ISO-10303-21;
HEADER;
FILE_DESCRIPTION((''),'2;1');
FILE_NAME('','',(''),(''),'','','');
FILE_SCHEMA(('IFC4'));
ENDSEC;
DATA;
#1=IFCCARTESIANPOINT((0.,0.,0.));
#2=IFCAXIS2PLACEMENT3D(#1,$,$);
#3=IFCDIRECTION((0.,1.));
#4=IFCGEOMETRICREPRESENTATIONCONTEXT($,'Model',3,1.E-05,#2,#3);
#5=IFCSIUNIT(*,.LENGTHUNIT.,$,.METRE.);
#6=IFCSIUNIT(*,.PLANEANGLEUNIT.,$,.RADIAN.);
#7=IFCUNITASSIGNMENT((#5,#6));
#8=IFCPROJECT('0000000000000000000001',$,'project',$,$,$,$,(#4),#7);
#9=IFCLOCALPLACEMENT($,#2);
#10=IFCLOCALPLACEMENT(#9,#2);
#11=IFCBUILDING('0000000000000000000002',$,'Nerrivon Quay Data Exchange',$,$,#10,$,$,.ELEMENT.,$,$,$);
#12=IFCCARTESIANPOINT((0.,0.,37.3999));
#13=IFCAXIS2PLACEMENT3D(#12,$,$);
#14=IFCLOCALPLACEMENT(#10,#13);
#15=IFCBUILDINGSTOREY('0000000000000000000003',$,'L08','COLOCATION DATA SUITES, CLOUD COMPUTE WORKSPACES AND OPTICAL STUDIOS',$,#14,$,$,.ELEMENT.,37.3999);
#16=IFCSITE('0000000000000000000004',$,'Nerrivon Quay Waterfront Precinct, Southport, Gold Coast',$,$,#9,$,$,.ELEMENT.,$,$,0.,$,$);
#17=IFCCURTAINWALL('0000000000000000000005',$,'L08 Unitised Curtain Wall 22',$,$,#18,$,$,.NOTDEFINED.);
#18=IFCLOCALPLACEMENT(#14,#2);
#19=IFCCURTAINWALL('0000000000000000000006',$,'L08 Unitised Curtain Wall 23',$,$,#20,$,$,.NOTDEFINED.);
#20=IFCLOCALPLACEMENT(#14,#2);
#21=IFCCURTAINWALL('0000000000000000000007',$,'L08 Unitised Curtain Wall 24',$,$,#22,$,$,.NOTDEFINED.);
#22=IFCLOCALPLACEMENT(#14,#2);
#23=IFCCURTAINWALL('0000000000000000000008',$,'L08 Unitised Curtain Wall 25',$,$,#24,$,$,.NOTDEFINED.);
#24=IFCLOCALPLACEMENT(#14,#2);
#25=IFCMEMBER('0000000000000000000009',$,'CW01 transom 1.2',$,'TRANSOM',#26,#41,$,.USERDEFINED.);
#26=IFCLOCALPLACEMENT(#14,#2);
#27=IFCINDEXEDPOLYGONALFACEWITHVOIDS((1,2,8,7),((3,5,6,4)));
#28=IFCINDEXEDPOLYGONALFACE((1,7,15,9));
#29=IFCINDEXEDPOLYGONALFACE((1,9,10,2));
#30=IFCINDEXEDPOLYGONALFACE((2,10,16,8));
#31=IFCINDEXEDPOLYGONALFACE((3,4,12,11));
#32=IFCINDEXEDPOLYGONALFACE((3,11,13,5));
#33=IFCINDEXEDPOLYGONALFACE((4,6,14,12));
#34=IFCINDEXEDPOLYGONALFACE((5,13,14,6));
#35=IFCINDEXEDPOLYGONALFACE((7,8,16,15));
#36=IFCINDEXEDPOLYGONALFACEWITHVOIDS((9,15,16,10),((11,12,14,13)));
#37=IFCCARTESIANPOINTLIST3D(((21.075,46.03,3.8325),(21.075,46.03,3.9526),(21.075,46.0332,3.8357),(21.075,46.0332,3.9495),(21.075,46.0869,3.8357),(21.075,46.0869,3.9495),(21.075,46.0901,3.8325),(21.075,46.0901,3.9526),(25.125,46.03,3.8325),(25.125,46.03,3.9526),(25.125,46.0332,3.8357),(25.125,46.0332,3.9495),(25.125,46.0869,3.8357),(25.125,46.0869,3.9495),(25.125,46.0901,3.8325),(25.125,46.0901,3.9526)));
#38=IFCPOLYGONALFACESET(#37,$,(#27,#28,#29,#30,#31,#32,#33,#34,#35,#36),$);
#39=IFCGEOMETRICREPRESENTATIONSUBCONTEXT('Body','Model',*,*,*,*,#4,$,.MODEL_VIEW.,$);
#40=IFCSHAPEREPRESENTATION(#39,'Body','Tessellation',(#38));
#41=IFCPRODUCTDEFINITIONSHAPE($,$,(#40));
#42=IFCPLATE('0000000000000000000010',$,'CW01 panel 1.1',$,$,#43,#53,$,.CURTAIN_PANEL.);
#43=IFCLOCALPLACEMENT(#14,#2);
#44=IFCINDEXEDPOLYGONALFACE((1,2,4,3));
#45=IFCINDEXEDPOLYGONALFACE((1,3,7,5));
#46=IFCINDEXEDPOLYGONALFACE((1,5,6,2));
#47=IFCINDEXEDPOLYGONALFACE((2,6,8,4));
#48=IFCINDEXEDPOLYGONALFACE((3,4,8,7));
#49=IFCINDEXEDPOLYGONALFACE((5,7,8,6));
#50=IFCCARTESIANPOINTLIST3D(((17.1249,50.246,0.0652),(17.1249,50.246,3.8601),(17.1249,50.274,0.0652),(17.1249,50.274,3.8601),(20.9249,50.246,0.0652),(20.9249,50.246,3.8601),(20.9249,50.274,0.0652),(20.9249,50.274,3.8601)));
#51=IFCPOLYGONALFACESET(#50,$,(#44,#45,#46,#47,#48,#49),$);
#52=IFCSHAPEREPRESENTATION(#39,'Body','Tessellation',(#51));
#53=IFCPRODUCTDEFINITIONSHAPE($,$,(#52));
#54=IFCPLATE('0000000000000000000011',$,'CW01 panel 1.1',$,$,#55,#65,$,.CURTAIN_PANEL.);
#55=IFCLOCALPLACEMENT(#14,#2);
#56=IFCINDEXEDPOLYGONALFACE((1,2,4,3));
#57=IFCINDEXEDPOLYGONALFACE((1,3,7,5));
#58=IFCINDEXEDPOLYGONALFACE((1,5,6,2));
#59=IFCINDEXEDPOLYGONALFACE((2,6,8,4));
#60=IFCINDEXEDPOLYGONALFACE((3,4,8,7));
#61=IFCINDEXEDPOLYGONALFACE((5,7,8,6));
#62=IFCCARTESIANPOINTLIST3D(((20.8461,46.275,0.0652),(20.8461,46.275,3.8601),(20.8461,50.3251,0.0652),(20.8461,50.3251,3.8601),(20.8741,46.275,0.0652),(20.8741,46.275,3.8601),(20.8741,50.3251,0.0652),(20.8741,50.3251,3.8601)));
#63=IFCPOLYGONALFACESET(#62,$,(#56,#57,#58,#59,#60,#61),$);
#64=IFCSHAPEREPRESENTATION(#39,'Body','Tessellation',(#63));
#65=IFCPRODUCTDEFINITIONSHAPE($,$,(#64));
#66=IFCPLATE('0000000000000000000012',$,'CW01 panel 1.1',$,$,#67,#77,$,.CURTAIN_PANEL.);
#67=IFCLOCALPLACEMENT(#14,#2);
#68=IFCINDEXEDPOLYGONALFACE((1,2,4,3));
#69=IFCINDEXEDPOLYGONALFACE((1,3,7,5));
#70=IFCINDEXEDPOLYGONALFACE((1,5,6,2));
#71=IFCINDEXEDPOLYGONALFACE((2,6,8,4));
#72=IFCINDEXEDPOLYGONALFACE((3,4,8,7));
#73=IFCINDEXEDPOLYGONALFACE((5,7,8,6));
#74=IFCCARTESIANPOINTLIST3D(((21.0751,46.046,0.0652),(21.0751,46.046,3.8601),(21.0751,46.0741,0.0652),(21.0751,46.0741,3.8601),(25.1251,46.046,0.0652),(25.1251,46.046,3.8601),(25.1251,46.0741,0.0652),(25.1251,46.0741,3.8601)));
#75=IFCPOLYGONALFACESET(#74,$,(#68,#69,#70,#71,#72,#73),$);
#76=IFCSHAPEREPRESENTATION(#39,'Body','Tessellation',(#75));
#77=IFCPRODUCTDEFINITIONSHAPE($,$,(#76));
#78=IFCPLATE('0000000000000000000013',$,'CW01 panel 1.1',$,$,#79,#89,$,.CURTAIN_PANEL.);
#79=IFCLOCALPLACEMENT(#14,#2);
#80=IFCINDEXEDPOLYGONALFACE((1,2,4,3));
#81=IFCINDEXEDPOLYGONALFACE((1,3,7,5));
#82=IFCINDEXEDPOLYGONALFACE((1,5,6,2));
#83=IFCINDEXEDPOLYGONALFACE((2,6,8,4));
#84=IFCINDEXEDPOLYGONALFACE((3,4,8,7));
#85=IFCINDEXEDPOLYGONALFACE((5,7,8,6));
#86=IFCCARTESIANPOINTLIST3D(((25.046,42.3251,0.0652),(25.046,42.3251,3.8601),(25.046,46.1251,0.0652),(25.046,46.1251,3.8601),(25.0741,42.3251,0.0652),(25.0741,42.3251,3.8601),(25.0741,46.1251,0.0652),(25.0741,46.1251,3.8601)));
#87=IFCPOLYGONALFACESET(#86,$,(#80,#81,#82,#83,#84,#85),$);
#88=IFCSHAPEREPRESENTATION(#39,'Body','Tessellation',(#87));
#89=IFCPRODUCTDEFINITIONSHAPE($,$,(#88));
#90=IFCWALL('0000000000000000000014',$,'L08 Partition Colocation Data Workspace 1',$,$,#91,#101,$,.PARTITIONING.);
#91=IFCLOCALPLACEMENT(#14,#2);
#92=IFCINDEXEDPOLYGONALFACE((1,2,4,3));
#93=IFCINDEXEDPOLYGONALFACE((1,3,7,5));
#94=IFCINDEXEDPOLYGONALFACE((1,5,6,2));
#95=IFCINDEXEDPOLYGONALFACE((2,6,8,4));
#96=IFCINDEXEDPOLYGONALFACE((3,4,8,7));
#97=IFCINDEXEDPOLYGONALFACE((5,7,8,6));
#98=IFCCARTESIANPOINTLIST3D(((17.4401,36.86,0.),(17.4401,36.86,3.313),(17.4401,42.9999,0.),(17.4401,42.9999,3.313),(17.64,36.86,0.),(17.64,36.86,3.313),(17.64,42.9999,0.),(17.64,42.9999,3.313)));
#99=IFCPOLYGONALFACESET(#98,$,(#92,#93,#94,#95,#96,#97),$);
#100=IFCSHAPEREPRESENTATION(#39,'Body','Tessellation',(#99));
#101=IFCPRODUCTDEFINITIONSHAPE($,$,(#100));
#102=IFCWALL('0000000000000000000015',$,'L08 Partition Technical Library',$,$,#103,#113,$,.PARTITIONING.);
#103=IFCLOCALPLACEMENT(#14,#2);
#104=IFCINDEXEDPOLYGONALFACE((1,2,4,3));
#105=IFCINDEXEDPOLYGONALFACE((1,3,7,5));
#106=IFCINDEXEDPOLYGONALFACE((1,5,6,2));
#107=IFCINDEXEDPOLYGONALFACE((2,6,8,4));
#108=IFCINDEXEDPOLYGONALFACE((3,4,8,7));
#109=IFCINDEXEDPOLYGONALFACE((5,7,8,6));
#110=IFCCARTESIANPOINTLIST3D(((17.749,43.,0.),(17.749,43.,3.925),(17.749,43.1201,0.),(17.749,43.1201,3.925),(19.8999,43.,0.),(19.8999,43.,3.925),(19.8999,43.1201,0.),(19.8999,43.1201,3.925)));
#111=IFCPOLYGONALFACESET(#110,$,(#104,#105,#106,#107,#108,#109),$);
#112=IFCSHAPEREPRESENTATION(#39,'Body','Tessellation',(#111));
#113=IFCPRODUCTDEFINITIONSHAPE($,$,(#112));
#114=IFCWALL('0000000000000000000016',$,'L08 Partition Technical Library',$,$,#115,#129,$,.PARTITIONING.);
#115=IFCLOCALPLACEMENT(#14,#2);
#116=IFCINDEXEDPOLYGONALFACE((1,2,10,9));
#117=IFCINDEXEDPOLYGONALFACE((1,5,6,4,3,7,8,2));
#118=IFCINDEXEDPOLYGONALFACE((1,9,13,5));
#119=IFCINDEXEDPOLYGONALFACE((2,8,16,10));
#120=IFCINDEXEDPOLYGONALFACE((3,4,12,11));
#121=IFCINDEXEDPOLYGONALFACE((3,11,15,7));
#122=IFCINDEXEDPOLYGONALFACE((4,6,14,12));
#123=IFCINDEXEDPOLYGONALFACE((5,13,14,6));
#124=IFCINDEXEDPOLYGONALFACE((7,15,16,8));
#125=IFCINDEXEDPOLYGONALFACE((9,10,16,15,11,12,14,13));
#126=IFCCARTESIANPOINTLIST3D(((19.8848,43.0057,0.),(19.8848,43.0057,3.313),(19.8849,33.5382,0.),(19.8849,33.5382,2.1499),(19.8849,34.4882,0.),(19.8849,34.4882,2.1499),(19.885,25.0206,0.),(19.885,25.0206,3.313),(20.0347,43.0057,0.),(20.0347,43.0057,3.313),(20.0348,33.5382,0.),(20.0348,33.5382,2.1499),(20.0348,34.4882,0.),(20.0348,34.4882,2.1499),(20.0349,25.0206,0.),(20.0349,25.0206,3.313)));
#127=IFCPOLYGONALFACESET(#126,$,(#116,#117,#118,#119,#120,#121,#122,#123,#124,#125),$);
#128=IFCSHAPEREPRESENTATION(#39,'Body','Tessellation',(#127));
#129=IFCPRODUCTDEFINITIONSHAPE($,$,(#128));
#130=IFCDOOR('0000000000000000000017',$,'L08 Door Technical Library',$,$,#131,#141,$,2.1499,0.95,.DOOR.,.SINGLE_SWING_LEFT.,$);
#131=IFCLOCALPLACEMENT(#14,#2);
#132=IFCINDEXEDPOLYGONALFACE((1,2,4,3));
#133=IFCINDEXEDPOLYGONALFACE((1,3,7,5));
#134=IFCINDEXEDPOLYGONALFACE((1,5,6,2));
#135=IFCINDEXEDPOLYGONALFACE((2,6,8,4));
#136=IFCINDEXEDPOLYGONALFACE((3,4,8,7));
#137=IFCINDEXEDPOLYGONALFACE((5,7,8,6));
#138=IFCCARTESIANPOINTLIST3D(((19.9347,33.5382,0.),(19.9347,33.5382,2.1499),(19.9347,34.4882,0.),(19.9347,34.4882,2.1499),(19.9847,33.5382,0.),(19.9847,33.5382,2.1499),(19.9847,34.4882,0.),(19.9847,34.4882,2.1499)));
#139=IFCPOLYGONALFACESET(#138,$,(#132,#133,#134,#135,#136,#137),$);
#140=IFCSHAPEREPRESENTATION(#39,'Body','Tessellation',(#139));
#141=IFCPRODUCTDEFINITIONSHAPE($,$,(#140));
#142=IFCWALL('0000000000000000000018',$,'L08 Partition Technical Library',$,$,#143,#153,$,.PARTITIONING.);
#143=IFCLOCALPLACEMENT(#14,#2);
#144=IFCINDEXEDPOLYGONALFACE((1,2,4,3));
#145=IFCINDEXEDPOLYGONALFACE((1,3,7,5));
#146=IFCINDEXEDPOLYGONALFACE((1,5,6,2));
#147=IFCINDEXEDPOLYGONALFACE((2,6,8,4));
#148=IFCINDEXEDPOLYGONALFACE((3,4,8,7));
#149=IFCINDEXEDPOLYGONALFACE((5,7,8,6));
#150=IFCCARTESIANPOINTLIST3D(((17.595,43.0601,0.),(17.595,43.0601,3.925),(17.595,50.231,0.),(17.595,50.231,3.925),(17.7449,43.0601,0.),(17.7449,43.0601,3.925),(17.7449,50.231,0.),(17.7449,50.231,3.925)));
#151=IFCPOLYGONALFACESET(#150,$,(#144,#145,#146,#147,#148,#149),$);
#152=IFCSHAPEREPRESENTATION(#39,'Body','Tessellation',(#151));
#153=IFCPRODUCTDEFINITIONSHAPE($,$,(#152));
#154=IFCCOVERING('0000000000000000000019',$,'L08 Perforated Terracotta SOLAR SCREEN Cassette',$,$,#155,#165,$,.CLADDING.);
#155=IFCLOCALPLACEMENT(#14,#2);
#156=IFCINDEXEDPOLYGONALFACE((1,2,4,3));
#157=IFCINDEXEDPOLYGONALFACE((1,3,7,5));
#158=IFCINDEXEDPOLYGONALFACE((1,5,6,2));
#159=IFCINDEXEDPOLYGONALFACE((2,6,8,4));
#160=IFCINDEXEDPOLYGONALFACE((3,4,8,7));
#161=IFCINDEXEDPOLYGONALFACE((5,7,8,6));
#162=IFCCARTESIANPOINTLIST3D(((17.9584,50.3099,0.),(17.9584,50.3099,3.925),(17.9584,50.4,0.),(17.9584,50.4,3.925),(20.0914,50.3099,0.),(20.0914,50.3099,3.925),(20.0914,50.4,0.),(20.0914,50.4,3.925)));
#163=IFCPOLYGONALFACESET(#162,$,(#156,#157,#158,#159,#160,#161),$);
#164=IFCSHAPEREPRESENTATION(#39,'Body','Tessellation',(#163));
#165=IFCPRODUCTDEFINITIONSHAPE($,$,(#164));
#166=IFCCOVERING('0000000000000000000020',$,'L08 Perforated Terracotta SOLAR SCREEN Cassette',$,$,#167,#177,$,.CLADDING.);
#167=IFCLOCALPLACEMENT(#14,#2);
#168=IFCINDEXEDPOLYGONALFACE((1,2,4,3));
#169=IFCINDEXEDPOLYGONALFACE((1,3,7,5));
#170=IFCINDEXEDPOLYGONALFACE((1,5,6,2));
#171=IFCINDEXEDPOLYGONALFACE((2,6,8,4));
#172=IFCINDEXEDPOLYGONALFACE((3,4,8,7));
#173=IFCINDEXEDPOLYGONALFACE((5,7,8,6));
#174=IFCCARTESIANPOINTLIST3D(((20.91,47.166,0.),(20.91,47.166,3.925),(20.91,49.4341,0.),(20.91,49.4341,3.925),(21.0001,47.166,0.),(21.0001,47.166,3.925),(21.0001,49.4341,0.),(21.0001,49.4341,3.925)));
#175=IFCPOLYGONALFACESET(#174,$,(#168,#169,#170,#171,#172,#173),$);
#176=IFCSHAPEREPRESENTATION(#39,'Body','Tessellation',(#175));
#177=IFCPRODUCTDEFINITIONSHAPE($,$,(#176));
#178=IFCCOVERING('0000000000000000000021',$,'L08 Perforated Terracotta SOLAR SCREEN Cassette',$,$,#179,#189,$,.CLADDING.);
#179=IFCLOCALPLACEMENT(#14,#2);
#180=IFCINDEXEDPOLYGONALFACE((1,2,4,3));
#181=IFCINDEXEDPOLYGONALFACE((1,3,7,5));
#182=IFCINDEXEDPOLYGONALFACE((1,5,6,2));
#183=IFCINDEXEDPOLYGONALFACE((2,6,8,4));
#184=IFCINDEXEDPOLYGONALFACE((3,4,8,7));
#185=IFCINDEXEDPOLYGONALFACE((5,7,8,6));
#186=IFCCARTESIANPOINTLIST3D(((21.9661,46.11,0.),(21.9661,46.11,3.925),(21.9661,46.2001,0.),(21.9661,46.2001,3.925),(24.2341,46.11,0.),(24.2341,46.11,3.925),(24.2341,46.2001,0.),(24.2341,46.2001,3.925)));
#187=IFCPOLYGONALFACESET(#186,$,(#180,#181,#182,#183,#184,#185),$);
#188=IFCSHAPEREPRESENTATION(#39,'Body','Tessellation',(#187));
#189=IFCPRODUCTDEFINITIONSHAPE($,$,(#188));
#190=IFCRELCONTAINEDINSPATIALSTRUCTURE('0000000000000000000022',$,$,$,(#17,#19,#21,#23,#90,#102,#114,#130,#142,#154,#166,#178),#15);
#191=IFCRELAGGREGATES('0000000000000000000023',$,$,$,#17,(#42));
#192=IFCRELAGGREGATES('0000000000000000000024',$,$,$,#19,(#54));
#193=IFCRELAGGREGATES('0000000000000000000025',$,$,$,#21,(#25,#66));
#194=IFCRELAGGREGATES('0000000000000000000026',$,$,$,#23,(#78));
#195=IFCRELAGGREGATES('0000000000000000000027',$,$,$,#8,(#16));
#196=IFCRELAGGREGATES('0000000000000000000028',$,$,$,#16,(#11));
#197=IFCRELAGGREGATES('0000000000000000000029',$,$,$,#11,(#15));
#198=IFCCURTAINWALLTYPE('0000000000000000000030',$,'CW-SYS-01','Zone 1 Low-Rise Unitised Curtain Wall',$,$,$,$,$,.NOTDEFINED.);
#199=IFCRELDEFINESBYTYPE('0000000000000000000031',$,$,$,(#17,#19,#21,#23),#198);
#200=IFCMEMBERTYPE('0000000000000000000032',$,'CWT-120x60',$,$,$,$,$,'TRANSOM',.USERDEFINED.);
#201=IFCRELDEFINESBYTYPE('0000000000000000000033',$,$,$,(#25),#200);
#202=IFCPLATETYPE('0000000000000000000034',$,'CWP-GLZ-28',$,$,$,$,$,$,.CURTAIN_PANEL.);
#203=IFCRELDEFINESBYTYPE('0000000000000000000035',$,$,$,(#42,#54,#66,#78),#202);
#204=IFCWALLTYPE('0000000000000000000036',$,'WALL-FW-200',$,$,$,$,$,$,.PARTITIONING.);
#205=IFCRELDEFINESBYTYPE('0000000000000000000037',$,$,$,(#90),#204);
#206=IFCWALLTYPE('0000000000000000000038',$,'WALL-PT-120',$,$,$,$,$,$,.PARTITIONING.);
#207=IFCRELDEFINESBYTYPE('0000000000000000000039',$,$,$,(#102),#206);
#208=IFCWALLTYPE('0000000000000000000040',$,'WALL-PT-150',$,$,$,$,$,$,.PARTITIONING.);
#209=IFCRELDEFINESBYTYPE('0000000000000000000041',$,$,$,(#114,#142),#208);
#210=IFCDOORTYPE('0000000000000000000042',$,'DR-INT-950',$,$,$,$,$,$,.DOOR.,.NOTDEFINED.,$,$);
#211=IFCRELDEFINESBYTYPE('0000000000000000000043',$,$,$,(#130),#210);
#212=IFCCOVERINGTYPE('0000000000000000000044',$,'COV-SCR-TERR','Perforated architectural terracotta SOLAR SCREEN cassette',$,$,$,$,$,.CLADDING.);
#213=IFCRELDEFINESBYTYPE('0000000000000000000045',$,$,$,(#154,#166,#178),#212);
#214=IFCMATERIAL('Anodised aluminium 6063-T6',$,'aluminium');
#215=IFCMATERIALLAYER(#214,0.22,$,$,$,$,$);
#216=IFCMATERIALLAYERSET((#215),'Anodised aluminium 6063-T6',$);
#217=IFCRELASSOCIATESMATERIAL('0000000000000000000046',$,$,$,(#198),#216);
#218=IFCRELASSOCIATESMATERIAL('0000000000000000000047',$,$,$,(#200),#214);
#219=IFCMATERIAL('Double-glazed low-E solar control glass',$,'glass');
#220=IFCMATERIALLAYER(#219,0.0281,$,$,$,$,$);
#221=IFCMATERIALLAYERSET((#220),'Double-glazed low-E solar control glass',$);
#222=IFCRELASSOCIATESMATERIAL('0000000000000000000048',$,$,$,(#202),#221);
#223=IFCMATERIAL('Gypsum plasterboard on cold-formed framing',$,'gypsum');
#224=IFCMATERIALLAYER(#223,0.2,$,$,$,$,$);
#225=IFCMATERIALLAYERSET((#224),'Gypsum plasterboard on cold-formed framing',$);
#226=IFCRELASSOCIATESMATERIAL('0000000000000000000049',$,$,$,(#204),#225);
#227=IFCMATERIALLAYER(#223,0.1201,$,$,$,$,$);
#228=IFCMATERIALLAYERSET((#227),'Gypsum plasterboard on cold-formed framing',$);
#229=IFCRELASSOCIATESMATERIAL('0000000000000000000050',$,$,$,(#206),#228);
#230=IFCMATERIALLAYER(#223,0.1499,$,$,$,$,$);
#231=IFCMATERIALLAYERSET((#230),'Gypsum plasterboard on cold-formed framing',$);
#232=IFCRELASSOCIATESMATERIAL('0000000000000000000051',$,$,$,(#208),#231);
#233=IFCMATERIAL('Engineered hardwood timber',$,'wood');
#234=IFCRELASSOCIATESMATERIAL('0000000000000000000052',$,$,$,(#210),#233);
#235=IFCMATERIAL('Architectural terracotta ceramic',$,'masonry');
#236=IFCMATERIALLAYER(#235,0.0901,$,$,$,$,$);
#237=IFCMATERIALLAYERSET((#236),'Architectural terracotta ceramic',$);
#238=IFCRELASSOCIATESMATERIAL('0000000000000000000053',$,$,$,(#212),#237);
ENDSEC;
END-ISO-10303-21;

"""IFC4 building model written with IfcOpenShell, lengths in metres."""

from ifc_helpers import new_model, si_unit, direction, frame, frame_2d, origin, origin_2d, place, context, subcontext, project, spatial, rectangle, hollow_rectangle, extrude, material, layer, layer_set, material_profile, profile_set, type_object, element, fill, aggregate, save


model = new_model("IFC4")

# Units and contexts
model_context = context("Model", 3, precision=1e-05, world=origin(), true_north=direction((0.0, 1.0)))
body_context = subcontext(model_context, "Body", "Model", "MODEL_VIEW")
ifc_project = project(units=[si_unit("LENGTHUNIT", "METRE"), si_unit("PLANEANGLEUNIT", "RADIAN")], contexts=[model_context])

# Site, building, storey
site_placement = place(None, origin())
site = spatial("IfcSite", under=ifc_project, at=site_placement, Name="Nerrivon Quay Waterfront Precinct, Southport, Gold Coast", CompositionType="ELEMENT", RefElevation=0.0)
building_placement = place(site_placement, origin())
building = spatial("IfcBuilding", under=site, at=building_placement, Name="Nerrivon Quay Data Exchange", CompositionType="ELEMENT")
storey_placement = place(building_placement, frame((0.0, 0.0, 37.3999)))
storey = spatial("IfcBuildingStorey", under=building, at=storey_placement, Name="L08", Description="COLOCATION DATA SUITES, CLOUD COMPUTE WORKSPACES AND OPTICAL STUDIOS", CompositionType="ELEMENT", Elevation=37.3999)

# Curtain wall
ifc_material_1 = material(Name="Anodised aluminium 6063-T6", Category="aluminium")
ifc_layer_1 = layer(ifc_material_1, 0.22)
ifc_layer_set_1 = layer_set([ifc_layer_1], Name="Anodised aluminium 6063-T6")
curtain_wall_type = type_object("IfcCurtainWallType", Name="CW-SYS-01", Description="Zone 1 Low-Rise Unitised Curtain Wall", PredefinedType="NOTDEFINED", material=ifc_layer_set_1)
curtain_wall_1_placement = place(storey_placement, origin())
curtain_wall_1 = element("IfcCurtainWall", 1, at=curtain_wall_1_placement, inside=storey, type_object=curtain_wall_type, Name="L08 Unitised Curtain Wall 22", PredefinedType="NOTDEFINED")

# Curtain wall
curtain_wall_2_placement = place(storey_placement, origin())
curtain_wall_2 = element("IfcCurtainWall", 2, at=curtain_wall_2_placement, inside=storey, type_object=curtain_wall_type, Name="L08 Unitised Curtain Wall 23", PredefinedType="NOTDEFINED")

# Curtain walls
curtain_wall_3_placement = place(storey_placement, origin())
curtain_wall_3 = element("IfcCurtainWall", 3, at=curtain_wall_3_placement, inside=storey, type_object=curtain_wall_type, Name="L08 Unitised Curtain Wall 24", PredefinedType="NOTDEFINED")
curtain_wall_4_placement = place(storey_placement, origin())
curtain_wall_4 = element("IfcCurtainWall", 4, at=curtain_wall_4_placement, inside=storey, type_object=curtain_wall_type, Name="L08 Unitised Curtain Wall 25", PredefinedType="NOTDEFINED")

# Member
ifc_material_profile_1 = material_profile(ifc_material_1, hollow_rectangle(XDim=0.0601, YDim=0.1201, WallThickness=0.0032, at=origin_2d()), Name="ALU-TRAN-120x60")
ifc_profile_set_1 = profile_set([ifc_material_profile_1], Name="Anodised aluminium 6063-T6")
member_type_1 = type_object("IfcMemberType", Name="CWT-120x60", ElementType="TRANSOM", PredefinedType="USERDEFINED", material=ifc_profile_set_1)
member_1_placement = place(storey_placement, frame((21.075, 46.0601, 3.8926), z_axis=(1.0, 0.0, 0.0), x_axis=(0.0, 1.0, 0.0)))
member_1 = element("IfcMember", 5, at=member_1_placement, type_object=member_type_1, Name="CW01 transom 1.2", ObjectType="TRANSOM", PredefinedType="USERDEFINED", context=body_context, shape_type="SweptSolid", body=[
    extrude(hollow_rectangle(XDim=0.0601, YDim=0.1201, WallThickness=0.0032, at=origin_2d()), origin(), (0.0, 0.0, 1.0), 4.05),
])

# Plates
ifc_material_2 = material(Name="Double-glazed low-E solar control glass", Category="glass")
ifc_layer_2 = layer(ifc_material_2, 0.0281)
ifc_layer_set_2 = layer_set([ifc_layer_2], Name="Double-glazed low-E solar control glass")
plate_type = type_object("IfcPlateType", Name="CWP-GLZ-28", PredefinedType="CURTAIN_PANEL", material=ifc_layer_set_2)
plate_1_placement = place(storey_placement, frame((19.0249, 50.26, 0.0652), z_axis=(0.0, 0.0, 1.0), x_axis=(1.0, 0.0, 0.0)))
plate_1 = element("IfcPlate", 6, at=plate_1_placement, type_object=plate_type, Name="CW01 panel 1.1", PredefinedType="CURTAIN_PANEL", context=body_context, shape_type="SweptSolid", body=[
    extrude(rectangle(XDim=3.8, YDim=0.0281, at=origin_2d()), origin(), (0.0, 0.0, 1.0), 3.7949),
])
aggregate(curtain_wall_1, [plate_1])
plate_2_placement = place(storey_placement, frame((20.8601, 48.3, 0.0652), z_axis=(0.0, 0.0, 1.0), x_axis=(0.0, -1.0, 0.0)))
plate_2 = element("IfcPlate", 7, at=plate_2_placement, type_object=plate_type, Name="CW01 panel 1.1", PredefinedType="CURTAIN_PANEL", context=body_context, shape_type="SweptSolid", body=[
    extrude(rectangle(XDim=4.05, YDim=0.0281, at=origin_2d()), origin(), (0.0, 0.0, 1.0), 3.7949),
])
aggregate(curtain_wall_2, [plate_2])
plate_3_placement = place(storey_placement, frame((23.1001, 46.0601, 0.0652), z_axis=(0.0, 0.0, 1.0), x_axis=(1.0, 0.0, 0.0)))
plate_3 = element("IfcPlate", 8, at=plate_3_placement, type_object=plate_type, Name="CW01 panel 1.1", PredefinedType="CURTAIN_PANEL", context=body_context, shape_type="SweptSolid", body=[
    extrude(rectangle(XDim=4.05, YDim=0.0281, at=origin_2d()), origin(), (0.0, 0.0, 1.0), 3.7949),
])
aggregate(curtain_wall_3, [member_1, plate_3])
plate_4_placement = place(storey_placement, frame((25.0601, 44.2251, 0.0652), z_axis=(0.0, 0.0, 1.0), x_axis=(0.0, -1.0, 0.0)))
plate_4 = element("IfcPlate", 9, at=plate_4_placement, type_object=plate_type, Name="CW01 panel 1.1", PredefinedType="CURTAIN_PANEL", context=body_context, shape_type="SweptSolid", body=[
    extrude(rectangle(XDim=3.8, YDim=0.0281, at=origin_2d()), origin(), (0.0, 0.0, 1.0), 3.7949),
])
aggregate(curtain_wall_4, [plate_4])

# Walls
ifc_material_3 = material(Name="Gypsum plasterboard on cold-formed framing", Category="gypsum")
ifc_layer_3 = layer(ifc_material_3, 0.2)
ifc_layer_set_3 = layer_set([ifc_layer_3], Name="Gypsum plasterboard on cold-formed framing")
wall_type_1 = type_object("IfcWallType", Name="WALL-FW-200", PredefinedType="PARTITIONING", material=ifc_layer_set_3)
wall_1_placement = place(storey_placement, frame((17.54, 36.8601, 0.0), z_axis=(0.0, 0.0, 1.0), x_axis=(0.0, 1.0, 0.0)))
element("IfcWall", 10, at=wall_1_placement, inside=storey, type_object=wall_type_1, Name="L08 Partition Colocation Data Workspace 1", PredefinedType="PARTITIONING", context=body_context, shape_type="SweptSolid", body=[
    extrude(rectangle(XDim=6.1399, YDim=0.2, at=frame_2d((3.0698, 0.0))), origin(), (0.0, 0.0, 1.0), 3.313),
])
ifc_layer_4 = layer(ifc_material_3, 0.1201)
ifc_layer_set_4 = layer_set([ifc_layer_4], Name="Gypsum plasterboard on cold-formed framing")
wall_type_2 = type_object("IfcWallType", Name="WALL-PT-120", PredefinedType="PARTITIONING", material=ifc_layer_set_4)
wall_2_placement = place(storey_placement, frame((17.749, 43.0601, 0.0), z_axis=(0.0, 0.0, 1.0), x_axis=(1.0, 0.0, 0.0)))
element("IfcWall", 11, at=wall_2_placement, inside=storey, type_object=wall_type_2, Name="L08 Partition Technical Library", PredefinedType="PARTITIONING", context=body_context, shape_type="SweptSolid", body=[
    extrude(rectangle(XDim=2.1509, YDim=0.1201, at=frame_2d((1.0754, 0.0))), origin(), (0.0, 0.0, 1.0), 3.925),
])

# Wall, opening, door
ifc_layer_5 = layer(ifc_material_3, 0.1499)
ifc_layer_set_5 = layer_set([ifc_layer_5], Name="Gypsum plasterboard on cold-formed framing")
wall_type_3 = type_object("IfcWallType", Name="WALL-PT-150", PredefinedType="PARTITIONING", material=ifc_layer_set_5)
wall_3_placement = place(storey_placement, frame((19.9597, 43.0059, 0.0), z_axis=(0.0, 0.0, 1.0), x_axis=(0.000014, -1.0, 0.0)))
wall_3 = element("IfcWall", 12, at=wall_3_placement, inside=storey, type_object=wall_type_3, Name="L08 Partition Technical Library", PredefinedType="PARTITIONING", context=body_context, shape_type="SweptSolid", body=[
    extrude(rectangle(XDim=17.9851, YDim=0.1499, at=frame_2d((8.9927, 0.0))), origin(), (0.0, 0.0, 1.0), 3.313),
])
opening_placement = place(wall_3_placement, frame((8.5176, 0.0, 0.0)))
opening = element("IfcOpeningElement", 13, at=opening_placement, cuts=wall_3, PredefinedType="OPENING", context=body_context, shape_type="SweptSolid", body=[
    extrude(rectangle(XDim=0.95, YDim=2.1499, at=frame_2d((0.4751, 1.075))), frame((0.0, 0.085, 0.0), z_axis=(0.0, -1.0, 0.0), x_axis=(1.0, 0.0, 0.0)), (0.0, 0.0, 1.0), 0.1699),
])
ifc_material_4 = material(Name="Engineered hardwood timber", Category="wood")
door_type = type_object("IfcDoorType", Name="DR-INT-950", OperationType="NOTDEFINED", PredefinedType="DOOR", material=ifc_material_4)
door_placement = place(opening_placement, origin())
door = element("IfcDoor", 14, at=door_placement, inside=storey, type_object=door_type, Name="L08 Door Technical Library", OperationType="SINGLE_SWING_LEFT", OverallHeight=2.1499, OverallWidth=0.95, PredefinedType="DOOR", context=body_context, shape_type="SweptSolid", body=[
    extrude(rectangle(XDim=0.95, YDim=2.1499, at=frame_2d((0.4751, 1.075))), frame((0.0, 0.0249, 0.0), z_axis=(0.0, -1.0, 0.0), x_axis=(1.0, 0.0, 0.0)), (0.0, 0.0, 1.0), 0.05),
])
fill(opening, door)

# Wall
wall_4_placement = place(storey_placement, frame((17.6699, 50.231, 0.0), z_axis=(0.0, 0.0, 1.0), x_axis=(0.0, -1.0, 0.0)))
element("IfcWall", 15, at=wall_4_placement, inside=storey, type_object=wall_type_3, Name="L08 Partition Technical Library", PredefinedType="PARTITIONING", context=body_context, shape_type="SweptSolid", body=[
    extrude(rectangle(XDim=7.1709, YDim=0.1499, at=frame_2d((3.5854, 0.0))), origin(), (0.0, 0.0, 1.0), 3.925),
])

# Coverings
ifc_material_5 = material(Name="Architectural terracotta ceramic", Category="masonry")
ifc_layer_6 = layer(ifc_material_5, 0.0901)
ifc_layer_set_6 = layer_set([ifc_layer_6], Name="Architectural terracotta ceramic")
covering_type = type_object("IfcCoveringType", Name="COV-SCR-TERR", Description="Perforated architectural terracotta SOLAR SCREEN cassette", PredefinedType="CLADDING", material=ifc_layer_set_6)
covering_placement = place(storey_placement, frame((19.0249, 50.355, 0.0), z_axis=(0.0, 0.0, 1.0), x_axis=(1.0, 0.0, 0.0)))
element("IfcCovering", 16, at=covering_placement, inside=storey, type_object=covering_type, Name="L08 Perforated Terracotta SOLAR SCREEN Cassette", PredefinedType="CLADDING", context=body_context, shape_type="SweptSolid", body=[
    extrude(rectangle(XDim=2.1331, YDim=0.0901, at=origin_2d()), origin(), (0.0, 0.0, 1.0), 3.925),
])
for number, where, z_axis, x_axis, name in (
    (17, (20.9551, 48.3, 0.0), (0.0, 0.0, 1.0), (0.0, -1.0, 0.0), "L08 Perforated Terracotta SOLAR SCREEN Cassette"),
    (18, (23.1001, 46.155, 0.0), (0.0, 0.0, 1.0), (1.0, 0.0, 0.0), "L08 Perforated Terracotta SOLAR SCREEN Cassette"),
):
    element("IfcCovering", number, at=place(storey_placement, frame(where, z_axis=z_axis, x_axis=x_axis)), inside=storey, type_object=covering_type, Name=name, PredefinedType="CLADDING", context=body_context, shape_type="SweptSolid", body=[
        extrude(rectangle(XDim=2.2681, YDim=0.0901, at=origin_2d()), origin(), (0.0, 0.0, 1.0), 3.925),
    ])

save(model, "model.ifc")
